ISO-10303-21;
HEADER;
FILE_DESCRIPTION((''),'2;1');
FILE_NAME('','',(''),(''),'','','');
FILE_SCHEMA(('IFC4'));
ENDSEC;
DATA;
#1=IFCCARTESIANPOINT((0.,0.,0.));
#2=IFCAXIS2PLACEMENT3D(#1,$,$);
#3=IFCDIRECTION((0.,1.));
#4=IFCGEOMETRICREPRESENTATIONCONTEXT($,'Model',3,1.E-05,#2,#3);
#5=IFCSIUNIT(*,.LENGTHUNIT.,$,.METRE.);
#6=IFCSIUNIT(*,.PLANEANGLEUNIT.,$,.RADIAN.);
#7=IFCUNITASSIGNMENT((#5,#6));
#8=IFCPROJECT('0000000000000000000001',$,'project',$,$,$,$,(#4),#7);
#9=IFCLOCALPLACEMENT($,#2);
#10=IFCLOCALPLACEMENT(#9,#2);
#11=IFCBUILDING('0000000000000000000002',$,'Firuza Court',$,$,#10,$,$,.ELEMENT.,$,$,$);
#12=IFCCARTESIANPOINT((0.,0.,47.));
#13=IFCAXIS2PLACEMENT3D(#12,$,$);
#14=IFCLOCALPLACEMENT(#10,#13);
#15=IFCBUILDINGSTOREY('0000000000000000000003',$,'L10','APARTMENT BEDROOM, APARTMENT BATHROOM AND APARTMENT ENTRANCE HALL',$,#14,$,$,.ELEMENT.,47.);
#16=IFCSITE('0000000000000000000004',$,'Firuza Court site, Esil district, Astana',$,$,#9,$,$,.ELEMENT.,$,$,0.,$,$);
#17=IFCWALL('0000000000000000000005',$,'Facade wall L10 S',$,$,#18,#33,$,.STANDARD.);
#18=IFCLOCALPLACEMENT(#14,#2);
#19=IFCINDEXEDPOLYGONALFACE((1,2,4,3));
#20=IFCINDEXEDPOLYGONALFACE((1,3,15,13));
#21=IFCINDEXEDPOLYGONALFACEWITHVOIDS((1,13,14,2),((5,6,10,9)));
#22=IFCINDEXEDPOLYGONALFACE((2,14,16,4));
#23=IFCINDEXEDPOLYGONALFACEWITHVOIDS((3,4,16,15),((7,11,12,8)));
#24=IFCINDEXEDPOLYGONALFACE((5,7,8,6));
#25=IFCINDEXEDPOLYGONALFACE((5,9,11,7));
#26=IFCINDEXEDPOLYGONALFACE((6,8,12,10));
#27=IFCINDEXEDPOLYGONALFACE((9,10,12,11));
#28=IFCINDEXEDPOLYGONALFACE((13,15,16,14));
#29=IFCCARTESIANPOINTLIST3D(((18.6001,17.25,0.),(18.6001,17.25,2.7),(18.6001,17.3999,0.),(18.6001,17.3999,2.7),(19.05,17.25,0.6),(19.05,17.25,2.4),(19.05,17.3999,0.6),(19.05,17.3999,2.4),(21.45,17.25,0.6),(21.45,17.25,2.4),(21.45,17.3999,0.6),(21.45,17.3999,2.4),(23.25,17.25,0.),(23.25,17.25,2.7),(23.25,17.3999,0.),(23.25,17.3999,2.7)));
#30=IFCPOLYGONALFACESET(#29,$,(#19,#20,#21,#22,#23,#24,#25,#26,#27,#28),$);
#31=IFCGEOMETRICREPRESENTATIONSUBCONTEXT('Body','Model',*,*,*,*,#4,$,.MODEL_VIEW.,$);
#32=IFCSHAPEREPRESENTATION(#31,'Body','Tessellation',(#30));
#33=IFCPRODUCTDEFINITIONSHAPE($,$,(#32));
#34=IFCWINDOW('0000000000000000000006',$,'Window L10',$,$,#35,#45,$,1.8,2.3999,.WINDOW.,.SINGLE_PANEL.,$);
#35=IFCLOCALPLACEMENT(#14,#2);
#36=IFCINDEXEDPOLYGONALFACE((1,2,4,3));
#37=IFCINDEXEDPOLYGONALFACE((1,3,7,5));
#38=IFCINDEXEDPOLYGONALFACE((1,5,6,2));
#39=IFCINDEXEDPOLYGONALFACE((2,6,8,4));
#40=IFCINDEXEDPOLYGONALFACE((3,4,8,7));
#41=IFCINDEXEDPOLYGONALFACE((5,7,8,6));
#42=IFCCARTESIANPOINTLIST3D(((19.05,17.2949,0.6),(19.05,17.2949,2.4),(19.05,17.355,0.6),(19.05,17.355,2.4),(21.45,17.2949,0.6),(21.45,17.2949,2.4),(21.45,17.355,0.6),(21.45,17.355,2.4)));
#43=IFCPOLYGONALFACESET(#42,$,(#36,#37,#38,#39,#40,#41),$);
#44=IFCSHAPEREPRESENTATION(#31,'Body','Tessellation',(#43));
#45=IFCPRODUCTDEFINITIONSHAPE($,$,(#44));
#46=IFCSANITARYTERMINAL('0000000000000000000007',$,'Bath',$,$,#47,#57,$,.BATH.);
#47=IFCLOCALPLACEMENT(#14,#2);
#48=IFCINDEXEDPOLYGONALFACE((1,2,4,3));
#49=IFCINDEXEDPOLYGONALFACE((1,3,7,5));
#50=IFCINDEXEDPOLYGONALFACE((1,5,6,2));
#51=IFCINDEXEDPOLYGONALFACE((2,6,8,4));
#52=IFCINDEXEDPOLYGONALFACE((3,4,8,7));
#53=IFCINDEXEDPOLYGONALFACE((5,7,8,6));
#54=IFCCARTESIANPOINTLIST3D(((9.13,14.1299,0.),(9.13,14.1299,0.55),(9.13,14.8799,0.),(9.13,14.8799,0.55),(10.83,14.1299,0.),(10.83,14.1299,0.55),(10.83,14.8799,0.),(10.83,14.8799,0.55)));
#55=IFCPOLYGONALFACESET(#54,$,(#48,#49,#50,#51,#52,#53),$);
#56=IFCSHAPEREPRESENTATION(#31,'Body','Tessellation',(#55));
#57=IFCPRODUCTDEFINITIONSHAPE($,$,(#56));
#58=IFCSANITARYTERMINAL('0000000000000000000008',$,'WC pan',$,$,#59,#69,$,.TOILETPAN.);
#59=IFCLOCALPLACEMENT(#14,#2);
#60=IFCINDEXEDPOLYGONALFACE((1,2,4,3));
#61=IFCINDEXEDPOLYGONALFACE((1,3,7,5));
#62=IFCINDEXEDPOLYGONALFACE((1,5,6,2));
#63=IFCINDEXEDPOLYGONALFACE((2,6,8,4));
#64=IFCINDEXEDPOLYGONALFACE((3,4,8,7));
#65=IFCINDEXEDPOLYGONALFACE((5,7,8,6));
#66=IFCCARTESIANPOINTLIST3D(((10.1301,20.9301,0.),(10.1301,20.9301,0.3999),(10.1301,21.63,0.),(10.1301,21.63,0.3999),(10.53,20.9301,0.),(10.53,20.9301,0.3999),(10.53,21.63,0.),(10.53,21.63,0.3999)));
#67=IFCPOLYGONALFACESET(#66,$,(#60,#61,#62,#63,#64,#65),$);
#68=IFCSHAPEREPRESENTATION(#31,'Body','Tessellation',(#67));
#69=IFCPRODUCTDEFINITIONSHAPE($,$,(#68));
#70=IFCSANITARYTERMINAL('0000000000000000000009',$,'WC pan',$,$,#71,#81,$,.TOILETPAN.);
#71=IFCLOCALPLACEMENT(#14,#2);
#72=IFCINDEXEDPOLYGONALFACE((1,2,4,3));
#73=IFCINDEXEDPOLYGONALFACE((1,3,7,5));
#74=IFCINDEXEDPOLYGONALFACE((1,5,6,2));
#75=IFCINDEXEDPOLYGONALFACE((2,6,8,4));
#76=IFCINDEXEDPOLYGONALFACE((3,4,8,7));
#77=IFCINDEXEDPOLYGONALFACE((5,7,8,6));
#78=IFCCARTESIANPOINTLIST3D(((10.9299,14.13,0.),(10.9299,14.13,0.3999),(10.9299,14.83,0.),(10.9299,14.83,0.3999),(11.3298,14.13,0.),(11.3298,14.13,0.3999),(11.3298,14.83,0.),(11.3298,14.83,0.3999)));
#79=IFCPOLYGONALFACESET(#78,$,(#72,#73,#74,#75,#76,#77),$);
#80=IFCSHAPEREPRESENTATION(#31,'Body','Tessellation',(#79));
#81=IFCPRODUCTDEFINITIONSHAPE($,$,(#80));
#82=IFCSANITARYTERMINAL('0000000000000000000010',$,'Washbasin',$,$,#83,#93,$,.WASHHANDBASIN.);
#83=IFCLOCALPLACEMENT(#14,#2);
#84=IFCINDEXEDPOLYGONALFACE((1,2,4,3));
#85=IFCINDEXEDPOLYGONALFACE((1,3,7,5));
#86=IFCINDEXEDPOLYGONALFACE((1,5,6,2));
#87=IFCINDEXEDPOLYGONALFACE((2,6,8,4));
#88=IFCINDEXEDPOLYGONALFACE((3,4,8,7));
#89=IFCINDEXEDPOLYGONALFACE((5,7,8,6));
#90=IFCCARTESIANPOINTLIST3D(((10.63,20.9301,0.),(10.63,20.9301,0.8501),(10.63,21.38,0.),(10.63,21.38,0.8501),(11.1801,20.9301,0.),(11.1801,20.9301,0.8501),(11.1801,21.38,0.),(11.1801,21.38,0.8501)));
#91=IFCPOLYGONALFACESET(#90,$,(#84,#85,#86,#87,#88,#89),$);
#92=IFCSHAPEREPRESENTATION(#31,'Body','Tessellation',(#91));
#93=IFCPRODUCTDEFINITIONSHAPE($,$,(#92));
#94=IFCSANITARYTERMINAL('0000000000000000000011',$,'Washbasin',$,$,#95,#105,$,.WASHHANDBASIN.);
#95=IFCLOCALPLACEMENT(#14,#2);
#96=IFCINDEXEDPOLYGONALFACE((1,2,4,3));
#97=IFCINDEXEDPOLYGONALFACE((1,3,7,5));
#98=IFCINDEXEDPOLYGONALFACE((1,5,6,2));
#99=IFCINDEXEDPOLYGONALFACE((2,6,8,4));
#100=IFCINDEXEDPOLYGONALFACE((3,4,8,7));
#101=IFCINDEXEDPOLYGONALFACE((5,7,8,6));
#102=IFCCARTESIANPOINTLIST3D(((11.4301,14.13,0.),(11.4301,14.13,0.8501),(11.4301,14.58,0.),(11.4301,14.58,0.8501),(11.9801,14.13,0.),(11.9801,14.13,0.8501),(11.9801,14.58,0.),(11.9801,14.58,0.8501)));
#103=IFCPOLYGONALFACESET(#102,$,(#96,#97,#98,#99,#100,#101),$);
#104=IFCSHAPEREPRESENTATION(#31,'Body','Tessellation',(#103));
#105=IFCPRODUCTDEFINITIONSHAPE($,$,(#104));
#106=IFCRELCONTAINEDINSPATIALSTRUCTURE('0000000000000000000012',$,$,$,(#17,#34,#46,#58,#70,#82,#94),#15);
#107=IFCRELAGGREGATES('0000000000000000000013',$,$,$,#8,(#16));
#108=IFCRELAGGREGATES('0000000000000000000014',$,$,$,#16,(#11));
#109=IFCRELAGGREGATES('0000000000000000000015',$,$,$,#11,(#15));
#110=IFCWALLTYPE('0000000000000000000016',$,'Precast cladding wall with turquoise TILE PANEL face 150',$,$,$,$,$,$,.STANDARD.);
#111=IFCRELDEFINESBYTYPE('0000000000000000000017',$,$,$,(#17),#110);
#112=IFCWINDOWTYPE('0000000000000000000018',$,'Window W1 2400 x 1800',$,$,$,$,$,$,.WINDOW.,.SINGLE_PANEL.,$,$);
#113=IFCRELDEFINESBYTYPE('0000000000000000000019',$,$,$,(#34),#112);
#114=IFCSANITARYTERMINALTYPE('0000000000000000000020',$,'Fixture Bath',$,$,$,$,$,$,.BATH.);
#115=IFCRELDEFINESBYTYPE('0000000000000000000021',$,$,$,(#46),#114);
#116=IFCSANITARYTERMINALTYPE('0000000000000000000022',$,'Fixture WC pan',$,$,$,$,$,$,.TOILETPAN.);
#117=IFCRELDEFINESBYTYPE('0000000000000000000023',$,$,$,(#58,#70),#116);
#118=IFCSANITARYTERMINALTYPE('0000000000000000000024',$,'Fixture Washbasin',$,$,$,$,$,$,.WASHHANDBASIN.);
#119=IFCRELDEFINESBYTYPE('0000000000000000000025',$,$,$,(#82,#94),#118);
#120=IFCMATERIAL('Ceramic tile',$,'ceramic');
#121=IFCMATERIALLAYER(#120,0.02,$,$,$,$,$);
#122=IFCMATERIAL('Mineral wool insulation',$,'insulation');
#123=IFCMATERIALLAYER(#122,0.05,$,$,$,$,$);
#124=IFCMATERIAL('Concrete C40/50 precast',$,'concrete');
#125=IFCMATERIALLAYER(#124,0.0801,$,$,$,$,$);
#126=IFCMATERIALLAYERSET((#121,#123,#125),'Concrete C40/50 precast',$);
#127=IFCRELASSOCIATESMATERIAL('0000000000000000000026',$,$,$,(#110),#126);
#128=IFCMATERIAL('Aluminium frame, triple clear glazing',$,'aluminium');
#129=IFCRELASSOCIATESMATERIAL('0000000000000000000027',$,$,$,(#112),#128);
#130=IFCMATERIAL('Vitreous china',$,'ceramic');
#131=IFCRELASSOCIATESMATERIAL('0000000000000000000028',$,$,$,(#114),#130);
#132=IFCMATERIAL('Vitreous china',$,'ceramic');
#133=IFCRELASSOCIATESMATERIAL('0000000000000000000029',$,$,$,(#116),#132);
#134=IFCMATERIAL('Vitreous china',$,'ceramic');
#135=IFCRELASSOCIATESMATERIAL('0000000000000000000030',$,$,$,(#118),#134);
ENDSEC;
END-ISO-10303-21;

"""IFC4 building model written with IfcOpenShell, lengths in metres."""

from ifc_helpers import new_model, si_unit, direction, frame, frame_2d, origin, origin_2d, place, context, subcontext, project, spatial, rectangle, extrude, material, layer, layer_set, type_object, element, fill, save


model = new_model("IFC4")

# Units and contexts
model_context = context("Model", 3, precision=1e-05, world=origin(), true_north=direction((0.0, 1.0)))
body_context = subcontext(model_context, "Body", "Model", "MODEL_VIEW")
ifc_project = project(units=[si_unit("LENGTHUNIT", "METRE"), si_unit("PLANEANGLEUNIT", "RADIAN")], contexts=[model_context])

# Site, building, storey
site_placement = place(None, origin())
site = spatial("IfcSite", under=ifc_project, at=site_placement, Name="Firuza Court site, Esil district, Astana", CompositionType="ELEMENT", RefElevation=0.0)
building_placement = place(site_placement, origin())
building = spatial("IfcBuilding", under=site, at=building_placement, Name="Firuza Court", CompositionType="ELEMENT")
storey_placement = place(building_placement, frame((0.0, 0.0, 47.0)))
storey = spatial("IfcBuildingStorey", under=building, at=storey_placement, Name="L10", Description="APARTMENT BEDROOM, APARTMENT BATHROOM AND APARTMENT ENTRANCE HALL", CompositionType="ELEMENT", Elevation=47.0)

# Wall, opening, window
ifc_material_1 = material(Name="Ceramic tile", Category="ceramic")
ifc_layer_1 = layer(ifc_material_1, 0.02)
ifc_material_2 = material(Name="Mineral wool insulation", Category="insulation")
ifc_layer_2 = layer(ifc_material_2, 0.05)
ifc_material_3 = material(Name="Concrete C40/50 precast", Category="concrete")
ifc_layer_3 = layer(ifc_material_3, 0.0801)
ifc_layer_set_1 = layer_set([ifc_layer_1, ifc_layer_2, ifc_layer_3], Name="Concrete C40/50 precast")
wall_type_1 = type_object("IfcWallType", Name="Precast cladding wall with turquoise TILE PANEL face 150", PredefinedType="STANDARD", material=ifc_layer_set_1)
wall_1_placement = place(storey_placement, frame((18.6001, 17.325, 0.0), z_axis=(0.0, 0.0, 1.0), x_axis=(1.0, 0.0, 0.0)))
wall_1 = element("IfcWall", 1, at=wall_1_placement, inside=storey, type_object=wall_type_1, Name="Facade wall L10 S", PredefinedType="STANDARD", context=body_context, shape_type="SweptSolid", body=[
    extrude(rectangle(XDim=4.6499, YDim=0.1499, at=frame_2d((2.325, 0.0))), origin(), (0.0, 0.0, 1.0), 2.7),
])
opening_1_placement = place(wall_1_placement, frame((0.45, 0.0, 0.6001)))
opening_1 = element("IfcOpeningElement", 2, at=opening_1_placement, cuts=wall_1, PredefinedType="OPENING", context=body_context, shape_type="SweptSolid", body=[
    extrude(rectangle(XDim=2.3999, YDim=1.8, at=frame_2d((1.2, 0.8999))), frame((0.0, 0.0869, 0.0), z_axis=(0.0, -1.0, 0.0), x_axis=(1.0, 0.0, 0.0)), (0.0, 0.0, 1.0), 0.1738),
])
ifc_material_4 = material(Name="Aluminium frame, triple clear glazing", Category="aluminium")
window_type = type_object("IfcWindowType", Name="Window W1 2400 x 1800", PartitioningType="SINGLE_PANEL", PredefinedType="WINDOW", material=ifc_material_4)
window_placement = place(opening_1_placement, origin())
window = element("IfcWindow", 3, at=window_placement, inside=storey, type_object=window_type, Name="Window L10", OverallHeight=1.8, OverallWidth=2.3999, PartitioningType="SINGLE_PANEL", PredefinedType="WINDOW", context=body_context, shape_type="SweptSolid", body=[
    extrude(rectangle(XDim=2.3999, YDim=1.8, at=frame_2d((1.2, 0.8999))), frame((0.0, 0.03, 0.0), z_axis=(0.0, -1.0, 0.0), x_axis=(1.0, 0.0, 0.0)), (0.0, 0.0, 1.0), 0.0601),
])
fill(opening_1, window)

# Sanitary terminals
ifc_material_5 = material(Name="Vitreous china", Category="ceramic")
sanitary_terminal_type_1 = type_object("IfcSanitaryTerminalType", Name="Fixture Bath", PredefinedType="BATH", material=ifc_material_5)
sanitary_terminal_placement = place(storey_placement, frame((9.98, 14.5049, 0.0), z_axis=(0.0, 0.0, 1.0), x_axis=(1.0, 0.0, 0.0)))
element("IfcSanitaryTerminal", 4, at=sanitary_terminal_placement, inside=storey, type_object=sanitary_terminal_type_1, Name="Bath", PredefinedType="BATH", context=body_context, shape_type="SweptSolid", body=[
    extrude(rectangle(XDim=1.7, YDim=0.75, at=origin_2d()), origin(), (0.0, 0.0, 1.0), 0.55),
])
ifc_material_6 = material(Name="Vitreous china", Category="ceramic")
sanitary_terminal_type_2 = type_object("IfcSanitaryTerminalType", Name="Fixture WC pan", PredefinedType="TOILETPAN", material=ifc_material_6)
for number, where, z_axis, x_axis, name in (
    (5, (10.3301, 21.28, 0.0), (0.0, 0.0, 1.0), (1.0, 0.0, 0.0), "WC pan"),
    (6, (11.1299, 14.48, 0.0), (0.0, 0.0, 1.0), (1.0, 0.0, 0.0), "WC pan"),
):
    element("IfcSanitaryTerminal", number, at=place(storey_placement, frame(where, z_axis=z_axis, x_axis=x_axis)), inside=storey, type_object=sanitary_terminal_type_2, Name=name, PredefinedType="TOILETPAN", context=body_context, shape_type="SweptSolid", body=[
        extrude(rectangle(XDim=0.3999, YDim=0.7, at=origin_2d()), origin(), (0.0, 0.0, 1.0), 0.3999),
    ])
ifc_material_7 = material(Name="Vitreous china", Category="ceramic")
sanitary_terminal_type_3 = type_object("IfcSanitaryTerminalType", Name="Fixture Washbasin", PredefinedType="WASHHANDBASIN", material=ifc_material_7)
for number, where, z_axis, x_axis, name in (
    (7, (10.905, 21.155, 0.0), (0.0, 0.0, 1.0), (1.0, 0.0, 0.0), "Washbasin"),
    (8, (11.7051, 14.355, 0.0), (0.0, 0.0, 1.0), (1.0, 0.0, 0.0), "Washbasin"),
):
    element("IfcSanitaryTerminal", number, at=place(storey_placement, frame(where, z_axis=z_axis, x_axis=x_axis)), inside=storey, type_object=sanitary_terminal_type_3, Name=name, PredefinedType="WASHHANDBASIN", context=body_context, shape_type="SweptSolid", body=[
        extrude(rectangle(XDim=0.55, YDim=0.45, at=origin_2d()), origin(), (0.0, 0.0, 1.0), 0.8501),
    ])

save(model, "model.ifc")
